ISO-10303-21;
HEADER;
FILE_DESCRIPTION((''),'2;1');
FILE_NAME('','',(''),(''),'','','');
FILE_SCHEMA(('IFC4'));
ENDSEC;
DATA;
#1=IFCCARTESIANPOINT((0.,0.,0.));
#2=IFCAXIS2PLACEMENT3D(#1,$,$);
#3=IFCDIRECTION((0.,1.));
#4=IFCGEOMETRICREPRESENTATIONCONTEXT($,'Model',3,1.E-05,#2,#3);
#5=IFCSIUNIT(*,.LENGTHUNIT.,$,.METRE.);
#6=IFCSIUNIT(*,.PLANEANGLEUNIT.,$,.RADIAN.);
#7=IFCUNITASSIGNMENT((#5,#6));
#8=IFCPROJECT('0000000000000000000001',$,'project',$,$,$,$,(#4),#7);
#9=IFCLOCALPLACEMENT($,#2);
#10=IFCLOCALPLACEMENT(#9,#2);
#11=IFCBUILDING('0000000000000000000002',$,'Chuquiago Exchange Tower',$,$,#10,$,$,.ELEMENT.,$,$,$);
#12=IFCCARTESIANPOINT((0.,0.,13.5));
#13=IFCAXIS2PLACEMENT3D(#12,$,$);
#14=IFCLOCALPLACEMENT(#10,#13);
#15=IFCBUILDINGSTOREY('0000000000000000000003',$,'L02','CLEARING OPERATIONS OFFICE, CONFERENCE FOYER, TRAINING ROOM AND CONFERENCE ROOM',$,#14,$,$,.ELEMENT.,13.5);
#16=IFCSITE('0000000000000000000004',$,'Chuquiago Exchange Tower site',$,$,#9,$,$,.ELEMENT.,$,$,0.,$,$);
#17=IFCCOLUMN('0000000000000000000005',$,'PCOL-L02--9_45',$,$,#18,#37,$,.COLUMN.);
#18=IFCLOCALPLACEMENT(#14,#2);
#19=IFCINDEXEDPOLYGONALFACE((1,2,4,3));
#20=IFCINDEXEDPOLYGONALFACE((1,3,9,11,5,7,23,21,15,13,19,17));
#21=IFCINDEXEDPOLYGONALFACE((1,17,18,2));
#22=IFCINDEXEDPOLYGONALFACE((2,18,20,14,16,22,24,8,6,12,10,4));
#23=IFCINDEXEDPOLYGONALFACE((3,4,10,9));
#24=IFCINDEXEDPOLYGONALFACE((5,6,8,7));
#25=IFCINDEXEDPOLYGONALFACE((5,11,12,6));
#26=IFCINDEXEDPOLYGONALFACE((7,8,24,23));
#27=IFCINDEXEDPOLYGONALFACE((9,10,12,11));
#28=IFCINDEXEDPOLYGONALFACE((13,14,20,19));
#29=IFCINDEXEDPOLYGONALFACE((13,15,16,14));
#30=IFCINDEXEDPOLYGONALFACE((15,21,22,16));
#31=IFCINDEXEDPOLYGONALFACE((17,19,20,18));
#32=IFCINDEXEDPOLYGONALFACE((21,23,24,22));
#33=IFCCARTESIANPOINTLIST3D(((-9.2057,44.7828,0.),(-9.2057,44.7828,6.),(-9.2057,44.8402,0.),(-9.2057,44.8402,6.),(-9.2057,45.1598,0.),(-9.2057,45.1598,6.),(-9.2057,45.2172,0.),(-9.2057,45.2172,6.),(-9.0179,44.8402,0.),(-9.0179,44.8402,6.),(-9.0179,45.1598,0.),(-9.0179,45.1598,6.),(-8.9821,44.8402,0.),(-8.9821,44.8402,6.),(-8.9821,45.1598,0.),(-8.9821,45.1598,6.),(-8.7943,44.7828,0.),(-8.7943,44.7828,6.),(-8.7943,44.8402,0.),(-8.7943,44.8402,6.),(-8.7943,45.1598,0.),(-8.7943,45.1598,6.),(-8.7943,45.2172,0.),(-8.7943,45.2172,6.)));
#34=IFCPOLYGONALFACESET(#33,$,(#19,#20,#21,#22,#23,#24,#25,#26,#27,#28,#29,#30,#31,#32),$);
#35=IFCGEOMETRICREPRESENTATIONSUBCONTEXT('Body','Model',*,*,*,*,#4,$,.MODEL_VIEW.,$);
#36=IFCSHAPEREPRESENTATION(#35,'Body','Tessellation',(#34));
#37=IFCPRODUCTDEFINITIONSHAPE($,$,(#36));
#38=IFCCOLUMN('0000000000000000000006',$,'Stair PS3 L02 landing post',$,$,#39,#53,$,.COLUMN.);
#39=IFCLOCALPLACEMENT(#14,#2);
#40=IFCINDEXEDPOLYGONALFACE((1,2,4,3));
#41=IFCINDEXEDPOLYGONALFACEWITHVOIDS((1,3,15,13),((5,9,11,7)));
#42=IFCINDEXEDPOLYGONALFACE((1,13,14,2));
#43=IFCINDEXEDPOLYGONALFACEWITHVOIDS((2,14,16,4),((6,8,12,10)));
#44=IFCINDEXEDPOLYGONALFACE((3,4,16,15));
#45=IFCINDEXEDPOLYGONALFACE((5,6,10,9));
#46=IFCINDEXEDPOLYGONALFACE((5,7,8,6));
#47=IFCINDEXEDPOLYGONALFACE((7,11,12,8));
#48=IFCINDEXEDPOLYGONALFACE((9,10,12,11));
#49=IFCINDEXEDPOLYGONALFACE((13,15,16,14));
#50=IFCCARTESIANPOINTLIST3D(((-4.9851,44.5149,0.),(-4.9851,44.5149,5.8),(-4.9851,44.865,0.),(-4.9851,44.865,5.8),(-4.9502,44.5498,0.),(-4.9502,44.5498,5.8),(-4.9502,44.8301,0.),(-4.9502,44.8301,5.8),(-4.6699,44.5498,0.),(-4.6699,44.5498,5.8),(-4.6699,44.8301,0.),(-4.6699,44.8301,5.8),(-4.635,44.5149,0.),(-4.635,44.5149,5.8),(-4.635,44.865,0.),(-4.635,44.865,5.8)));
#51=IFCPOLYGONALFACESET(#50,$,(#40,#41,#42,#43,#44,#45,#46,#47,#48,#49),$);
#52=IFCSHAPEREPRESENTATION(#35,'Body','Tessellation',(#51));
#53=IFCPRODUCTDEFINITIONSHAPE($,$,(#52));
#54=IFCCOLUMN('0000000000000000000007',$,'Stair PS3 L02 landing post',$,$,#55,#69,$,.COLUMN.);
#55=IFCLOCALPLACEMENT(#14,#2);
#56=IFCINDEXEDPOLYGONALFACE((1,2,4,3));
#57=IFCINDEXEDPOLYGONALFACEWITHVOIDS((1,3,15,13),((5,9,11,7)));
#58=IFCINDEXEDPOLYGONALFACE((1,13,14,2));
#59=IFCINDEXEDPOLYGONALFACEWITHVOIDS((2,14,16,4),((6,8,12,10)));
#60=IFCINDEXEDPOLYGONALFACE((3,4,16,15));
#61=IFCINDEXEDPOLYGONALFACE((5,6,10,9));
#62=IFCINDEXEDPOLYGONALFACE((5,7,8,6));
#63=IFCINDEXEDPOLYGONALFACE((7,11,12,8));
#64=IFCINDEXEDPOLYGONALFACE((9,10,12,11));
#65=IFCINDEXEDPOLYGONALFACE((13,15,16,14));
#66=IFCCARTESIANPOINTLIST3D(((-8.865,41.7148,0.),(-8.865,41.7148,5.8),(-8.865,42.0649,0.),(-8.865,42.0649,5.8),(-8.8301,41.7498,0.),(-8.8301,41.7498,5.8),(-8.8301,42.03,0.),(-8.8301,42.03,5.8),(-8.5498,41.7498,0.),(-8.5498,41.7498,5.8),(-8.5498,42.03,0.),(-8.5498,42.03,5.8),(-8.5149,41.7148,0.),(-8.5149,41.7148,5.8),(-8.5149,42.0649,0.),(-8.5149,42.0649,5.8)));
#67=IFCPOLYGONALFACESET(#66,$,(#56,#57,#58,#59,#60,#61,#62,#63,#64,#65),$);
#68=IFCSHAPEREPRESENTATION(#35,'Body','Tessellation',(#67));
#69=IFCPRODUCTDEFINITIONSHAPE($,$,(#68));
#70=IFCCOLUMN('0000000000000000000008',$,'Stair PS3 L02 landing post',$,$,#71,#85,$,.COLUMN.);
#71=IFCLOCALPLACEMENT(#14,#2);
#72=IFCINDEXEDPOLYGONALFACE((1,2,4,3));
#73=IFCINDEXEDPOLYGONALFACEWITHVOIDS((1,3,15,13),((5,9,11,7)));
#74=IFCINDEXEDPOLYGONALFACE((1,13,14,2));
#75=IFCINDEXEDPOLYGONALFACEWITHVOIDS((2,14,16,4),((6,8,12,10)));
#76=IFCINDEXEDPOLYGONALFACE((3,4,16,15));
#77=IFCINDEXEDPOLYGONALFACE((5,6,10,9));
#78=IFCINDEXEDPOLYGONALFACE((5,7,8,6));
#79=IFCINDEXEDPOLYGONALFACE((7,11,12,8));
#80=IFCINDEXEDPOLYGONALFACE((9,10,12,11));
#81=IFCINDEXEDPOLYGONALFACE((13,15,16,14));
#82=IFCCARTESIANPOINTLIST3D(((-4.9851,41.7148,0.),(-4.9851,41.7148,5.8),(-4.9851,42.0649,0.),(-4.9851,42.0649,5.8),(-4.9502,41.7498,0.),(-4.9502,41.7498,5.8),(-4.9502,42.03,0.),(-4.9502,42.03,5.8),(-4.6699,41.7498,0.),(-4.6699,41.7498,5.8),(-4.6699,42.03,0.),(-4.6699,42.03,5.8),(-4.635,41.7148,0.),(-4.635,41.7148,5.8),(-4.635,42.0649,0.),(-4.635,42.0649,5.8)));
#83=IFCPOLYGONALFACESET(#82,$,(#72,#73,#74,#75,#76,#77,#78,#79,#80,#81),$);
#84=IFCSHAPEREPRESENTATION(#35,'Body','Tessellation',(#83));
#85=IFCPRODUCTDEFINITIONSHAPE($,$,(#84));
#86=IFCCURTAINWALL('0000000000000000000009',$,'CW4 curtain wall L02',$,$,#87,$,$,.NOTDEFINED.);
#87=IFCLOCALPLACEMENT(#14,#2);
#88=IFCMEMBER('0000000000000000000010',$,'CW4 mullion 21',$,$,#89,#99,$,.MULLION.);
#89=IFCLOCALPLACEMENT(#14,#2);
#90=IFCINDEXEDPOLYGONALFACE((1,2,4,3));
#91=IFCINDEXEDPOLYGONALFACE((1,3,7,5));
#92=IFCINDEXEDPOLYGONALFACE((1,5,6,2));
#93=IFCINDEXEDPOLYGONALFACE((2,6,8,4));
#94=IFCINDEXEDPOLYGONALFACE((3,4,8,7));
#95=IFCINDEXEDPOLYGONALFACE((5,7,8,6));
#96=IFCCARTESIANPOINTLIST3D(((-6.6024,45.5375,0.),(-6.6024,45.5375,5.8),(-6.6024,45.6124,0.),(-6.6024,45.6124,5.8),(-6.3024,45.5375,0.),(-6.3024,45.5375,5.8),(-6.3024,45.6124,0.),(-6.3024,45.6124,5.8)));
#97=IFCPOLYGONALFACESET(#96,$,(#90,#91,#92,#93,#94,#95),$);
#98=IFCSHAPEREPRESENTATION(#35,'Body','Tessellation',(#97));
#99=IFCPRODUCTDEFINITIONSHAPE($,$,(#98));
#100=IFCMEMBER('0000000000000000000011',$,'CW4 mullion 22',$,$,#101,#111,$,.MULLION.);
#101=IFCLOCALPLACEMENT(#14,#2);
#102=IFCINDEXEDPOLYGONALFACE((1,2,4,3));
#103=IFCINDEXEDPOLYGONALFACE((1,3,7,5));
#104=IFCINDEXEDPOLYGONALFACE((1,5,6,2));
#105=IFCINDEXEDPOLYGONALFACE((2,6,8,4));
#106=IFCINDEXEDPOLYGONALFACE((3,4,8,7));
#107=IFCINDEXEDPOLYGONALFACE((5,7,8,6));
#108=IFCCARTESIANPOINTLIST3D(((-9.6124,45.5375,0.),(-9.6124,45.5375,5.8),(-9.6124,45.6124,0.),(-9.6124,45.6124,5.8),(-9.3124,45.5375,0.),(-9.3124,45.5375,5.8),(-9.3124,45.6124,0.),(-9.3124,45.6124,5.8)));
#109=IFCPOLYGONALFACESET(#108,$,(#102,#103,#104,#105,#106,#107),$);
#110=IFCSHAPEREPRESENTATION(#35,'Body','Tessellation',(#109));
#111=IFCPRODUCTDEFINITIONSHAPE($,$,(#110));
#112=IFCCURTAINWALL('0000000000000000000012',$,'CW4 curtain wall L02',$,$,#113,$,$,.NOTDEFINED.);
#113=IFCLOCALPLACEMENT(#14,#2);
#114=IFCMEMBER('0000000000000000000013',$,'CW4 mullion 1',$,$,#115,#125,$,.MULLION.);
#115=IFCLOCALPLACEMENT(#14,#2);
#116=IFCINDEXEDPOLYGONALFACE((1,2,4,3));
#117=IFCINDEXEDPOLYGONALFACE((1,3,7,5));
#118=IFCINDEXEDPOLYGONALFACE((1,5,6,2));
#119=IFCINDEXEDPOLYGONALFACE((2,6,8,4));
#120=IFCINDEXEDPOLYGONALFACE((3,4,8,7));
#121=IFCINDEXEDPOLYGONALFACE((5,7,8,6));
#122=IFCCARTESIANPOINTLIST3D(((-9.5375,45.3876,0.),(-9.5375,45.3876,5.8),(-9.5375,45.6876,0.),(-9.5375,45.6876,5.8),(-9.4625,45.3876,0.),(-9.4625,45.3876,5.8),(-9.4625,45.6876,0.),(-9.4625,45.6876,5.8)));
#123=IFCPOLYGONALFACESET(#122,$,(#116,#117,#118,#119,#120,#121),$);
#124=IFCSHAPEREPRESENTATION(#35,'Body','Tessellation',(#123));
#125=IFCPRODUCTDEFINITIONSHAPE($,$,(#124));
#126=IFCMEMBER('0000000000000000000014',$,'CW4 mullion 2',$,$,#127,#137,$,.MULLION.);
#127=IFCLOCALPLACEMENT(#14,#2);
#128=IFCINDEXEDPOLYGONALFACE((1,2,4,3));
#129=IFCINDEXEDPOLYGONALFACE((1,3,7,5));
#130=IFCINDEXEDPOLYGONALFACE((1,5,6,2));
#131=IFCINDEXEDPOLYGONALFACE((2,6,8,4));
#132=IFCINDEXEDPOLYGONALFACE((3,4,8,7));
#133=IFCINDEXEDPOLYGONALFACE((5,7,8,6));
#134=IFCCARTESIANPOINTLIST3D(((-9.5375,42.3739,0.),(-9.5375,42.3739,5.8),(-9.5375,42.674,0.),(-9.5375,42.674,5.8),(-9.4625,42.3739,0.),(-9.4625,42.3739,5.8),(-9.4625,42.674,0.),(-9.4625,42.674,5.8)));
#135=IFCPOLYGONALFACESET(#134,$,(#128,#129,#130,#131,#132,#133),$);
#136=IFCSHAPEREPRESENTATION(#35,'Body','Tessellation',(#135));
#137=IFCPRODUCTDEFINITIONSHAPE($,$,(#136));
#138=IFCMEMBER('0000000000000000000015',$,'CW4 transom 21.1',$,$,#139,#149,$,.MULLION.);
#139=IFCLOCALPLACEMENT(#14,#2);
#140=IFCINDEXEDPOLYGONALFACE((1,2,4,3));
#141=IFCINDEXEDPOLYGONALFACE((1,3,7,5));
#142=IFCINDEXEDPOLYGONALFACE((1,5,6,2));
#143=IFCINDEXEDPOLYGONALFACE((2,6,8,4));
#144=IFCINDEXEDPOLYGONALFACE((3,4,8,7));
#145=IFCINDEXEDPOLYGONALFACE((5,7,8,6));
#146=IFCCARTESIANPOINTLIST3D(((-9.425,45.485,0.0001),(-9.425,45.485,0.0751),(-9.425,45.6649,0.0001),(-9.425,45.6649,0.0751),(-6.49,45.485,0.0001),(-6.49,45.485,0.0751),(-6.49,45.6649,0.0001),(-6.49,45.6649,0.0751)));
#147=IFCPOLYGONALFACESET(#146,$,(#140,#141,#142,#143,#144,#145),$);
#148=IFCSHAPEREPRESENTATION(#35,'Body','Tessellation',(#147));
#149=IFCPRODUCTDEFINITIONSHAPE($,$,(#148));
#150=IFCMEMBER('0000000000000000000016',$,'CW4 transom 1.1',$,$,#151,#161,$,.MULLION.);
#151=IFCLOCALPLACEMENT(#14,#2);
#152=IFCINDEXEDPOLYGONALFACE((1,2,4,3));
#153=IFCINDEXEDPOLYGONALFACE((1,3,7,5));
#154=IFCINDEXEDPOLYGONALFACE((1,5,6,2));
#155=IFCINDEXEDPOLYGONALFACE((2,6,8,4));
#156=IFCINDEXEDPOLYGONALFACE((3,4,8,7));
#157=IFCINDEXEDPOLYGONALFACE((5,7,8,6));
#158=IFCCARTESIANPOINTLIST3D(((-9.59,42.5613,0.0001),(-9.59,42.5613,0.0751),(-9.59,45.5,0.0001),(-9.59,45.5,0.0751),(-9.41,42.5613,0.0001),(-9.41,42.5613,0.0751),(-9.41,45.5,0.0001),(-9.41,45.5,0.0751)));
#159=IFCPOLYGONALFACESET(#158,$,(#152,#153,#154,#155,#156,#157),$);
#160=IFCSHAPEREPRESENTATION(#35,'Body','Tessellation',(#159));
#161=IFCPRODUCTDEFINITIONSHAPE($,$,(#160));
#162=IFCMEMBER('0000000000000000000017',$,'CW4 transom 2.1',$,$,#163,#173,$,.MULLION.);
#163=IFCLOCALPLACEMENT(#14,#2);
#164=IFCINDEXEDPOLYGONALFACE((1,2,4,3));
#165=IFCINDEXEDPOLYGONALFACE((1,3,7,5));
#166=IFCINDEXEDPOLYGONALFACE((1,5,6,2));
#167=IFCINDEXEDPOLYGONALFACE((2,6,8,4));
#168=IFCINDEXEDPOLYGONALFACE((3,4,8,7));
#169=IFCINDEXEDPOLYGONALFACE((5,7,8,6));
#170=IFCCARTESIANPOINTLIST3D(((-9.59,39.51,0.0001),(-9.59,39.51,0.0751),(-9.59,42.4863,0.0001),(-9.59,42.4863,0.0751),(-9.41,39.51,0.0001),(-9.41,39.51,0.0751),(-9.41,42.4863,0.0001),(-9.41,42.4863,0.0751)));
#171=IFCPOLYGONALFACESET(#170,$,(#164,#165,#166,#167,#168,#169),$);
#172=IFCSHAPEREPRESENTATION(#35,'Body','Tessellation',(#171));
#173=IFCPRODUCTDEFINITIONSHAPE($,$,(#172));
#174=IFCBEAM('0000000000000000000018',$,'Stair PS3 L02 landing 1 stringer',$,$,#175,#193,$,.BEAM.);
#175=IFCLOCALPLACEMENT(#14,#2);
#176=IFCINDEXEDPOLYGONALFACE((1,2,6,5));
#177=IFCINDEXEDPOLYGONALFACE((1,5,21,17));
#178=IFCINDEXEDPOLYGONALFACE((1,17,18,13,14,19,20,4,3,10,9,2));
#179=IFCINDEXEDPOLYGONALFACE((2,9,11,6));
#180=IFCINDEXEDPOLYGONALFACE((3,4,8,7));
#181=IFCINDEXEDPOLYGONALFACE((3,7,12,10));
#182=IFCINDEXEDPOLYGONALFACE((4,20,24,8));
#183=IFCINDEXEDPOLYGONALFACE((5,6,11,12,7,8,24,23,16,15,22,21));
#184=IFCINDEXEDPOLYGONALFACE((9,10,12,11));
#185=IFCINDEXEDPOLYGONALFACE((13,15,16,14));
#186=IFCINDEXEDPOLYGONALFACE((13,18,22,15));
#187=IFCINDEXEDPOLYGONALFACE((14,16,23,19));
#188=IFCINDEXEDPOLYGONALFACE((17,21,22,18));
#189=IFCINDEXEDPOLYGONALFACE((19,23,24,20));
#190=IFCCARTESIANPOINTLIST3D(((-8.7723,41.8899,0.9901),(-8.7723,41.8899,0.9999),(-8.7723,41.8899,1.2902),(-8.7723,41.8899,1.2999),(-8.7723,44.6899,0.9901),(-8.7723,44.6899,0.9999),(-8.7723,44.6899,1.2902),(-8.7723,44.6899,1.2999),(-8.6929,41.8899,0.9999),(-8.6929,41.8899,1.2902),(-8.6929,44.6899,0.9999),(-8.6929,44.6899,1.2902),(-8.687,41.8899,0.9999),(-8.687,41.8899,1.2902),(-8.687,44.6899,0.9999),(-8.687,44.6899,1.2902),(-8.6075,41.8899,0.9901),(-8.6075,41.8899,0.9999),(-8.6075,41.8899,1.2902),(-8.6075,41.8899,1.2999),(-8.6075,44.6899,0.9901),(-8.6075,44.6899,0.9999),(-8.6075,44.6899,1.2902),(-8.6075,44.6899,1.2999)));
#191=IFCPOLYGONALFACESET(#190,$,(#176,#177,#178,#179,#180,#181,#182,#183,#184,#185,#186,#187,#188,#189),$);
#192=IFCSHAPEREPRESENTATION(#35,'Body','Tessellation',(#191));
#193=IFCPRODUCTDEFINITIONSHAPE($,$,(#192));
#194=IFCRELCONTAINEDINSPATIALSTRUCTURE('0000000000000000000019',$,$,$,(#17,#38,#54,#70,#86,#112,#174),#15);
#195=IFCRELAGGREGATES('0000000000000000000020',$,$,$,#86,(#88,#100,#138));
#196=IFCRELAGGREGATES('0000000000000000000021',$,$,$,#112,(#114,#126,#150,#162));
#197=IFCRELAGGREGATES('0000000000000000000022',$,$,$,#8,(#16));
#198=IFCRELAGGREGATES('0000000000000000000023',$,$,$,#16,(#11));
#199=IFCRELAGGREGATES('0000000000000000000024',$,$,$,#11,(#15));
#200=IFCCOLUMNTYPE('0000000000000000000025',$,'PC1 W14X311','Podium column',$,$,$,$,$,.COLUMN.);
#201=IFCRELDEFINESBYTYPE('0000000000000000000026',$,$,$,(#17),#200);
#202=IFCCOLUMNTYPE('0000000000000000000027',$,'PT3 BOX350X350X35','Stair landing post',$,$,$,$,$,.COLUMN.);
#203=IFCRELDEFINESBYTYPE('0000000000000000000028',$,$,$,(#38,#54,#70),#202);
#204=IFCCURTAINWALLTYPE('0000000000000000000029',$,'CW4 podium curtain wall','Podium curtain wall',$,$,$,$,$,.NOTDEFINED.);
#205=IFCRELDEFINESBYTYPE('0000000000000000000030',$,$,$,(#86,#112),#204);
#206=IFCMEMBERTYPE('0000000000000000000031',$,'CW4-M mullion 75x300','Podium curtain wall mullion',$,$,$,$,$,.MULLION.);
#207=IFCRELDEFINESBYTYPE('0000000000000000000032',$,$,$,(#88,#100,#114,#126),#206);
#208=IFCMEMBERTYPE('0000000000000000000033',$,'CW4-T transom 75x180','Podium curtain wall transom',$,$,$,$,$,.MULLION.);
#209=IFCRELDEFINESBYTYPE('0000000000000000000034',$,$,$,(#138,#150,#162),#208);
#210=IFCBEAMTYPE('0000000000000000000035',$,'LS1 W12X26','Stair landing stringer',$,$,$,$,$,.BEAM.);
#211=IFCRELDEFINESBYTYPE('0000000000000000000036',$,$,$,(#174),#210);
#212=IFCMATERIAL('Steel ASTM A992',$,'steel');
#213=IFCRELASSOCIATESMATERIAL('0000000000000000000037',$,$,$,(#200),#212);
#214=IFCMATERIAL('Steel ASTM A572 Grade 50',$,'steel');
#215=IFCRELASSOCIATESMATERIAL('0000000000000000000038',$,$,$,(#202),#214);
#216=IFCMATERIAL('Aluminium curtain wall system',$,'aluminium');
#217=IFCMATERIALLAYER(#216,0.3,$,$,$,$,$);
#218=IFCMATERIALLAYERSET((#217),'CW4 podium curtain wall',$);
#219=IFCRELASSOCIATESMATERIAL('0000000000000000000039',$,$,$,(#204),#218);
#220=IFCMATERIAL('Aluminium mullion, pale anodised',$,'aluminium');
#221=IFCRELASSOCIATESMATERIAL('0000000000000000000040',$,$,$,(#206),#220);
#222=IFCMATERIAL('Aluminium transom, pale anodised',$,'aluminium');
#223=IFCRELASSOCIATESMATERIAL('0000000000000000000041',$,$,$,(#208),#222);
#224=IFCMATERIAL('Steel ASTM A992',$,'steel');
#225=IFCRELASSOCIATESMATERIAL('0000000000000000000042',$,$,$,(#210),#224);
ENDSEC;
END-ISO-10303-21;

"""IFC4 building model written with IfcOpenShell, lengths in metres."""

from ifc_helpers import new_model, si_unit, direction, frame, origin, origin_2d, place, context, subcontext, project, spatial, rectangle, hollow_rectangle, i_section, extrude, material, layer, layer_set, material_profile, profile_set, type_object, element, aggregate, save


model = new_model("IFC4")

# Units and contexts
model_context = context("Model", 3, precision=1e-05, world=origin(), true_north=direction((0.0, 1.0)))
body_context = subcontext(model_context, "Body", "Model", "MODEL_VIEW")
ifc_project = project(units=[si_unit("LENGTHUNIT", "METRE"), si_unit("PLANEANGLEUNIT", "RADIAN")], contexts=[model_context])

# Site, building, storey
site_placement = place(None, origin())
site = spatial("IfcSite", under=ifc_project, at=site_placement, Name="Chuquiago Exchange Tower site", CompositionType="ELEMENT", RefElevation=0.0)
building_placement = place(site_placement, origin())
building = spatial("IfcBuilding", under=site, at=building_placement, Name="Chuquiago Exchange Tower", CompositionType="ELEMENT")
storey_placement = place(building_placement, frame((0.0, 0.0, 13.5)))
storey = spatial("IfcBuildingStorey", under=building, at=storey_placement, Name="L02", Description="CLEARING OPERATIONS OFFICE, CONFERENCE FOYER, TRAINING ROOM AND CONFERENCE ROOM", CompositionType="ELEMENT", Elevation=13.5)

# Columns
ifc_material_1 = material(Name="Steel ASTM A992", Category="steel")
ifc_material_profile_1 = material_profile(ifc_material_1, i_section(OverallWidth=0.4114, OverallDepth=0.4343, WebThickness=0.0359, FlangeThickness=0.0574, at=origin_2d()), Name="W14X311")
ifc_profile_set_1 = profile_set([ifc_material_profile_1], Name="Steel ASTM A992")
column_type_1 = type_object("IfcColumnType", Name="PC1 W14X311", Description="Podium column", PredefinedType="COLUMN", material=ifc_profile_set_1)
column_placement = place(storey_placement, frame((-9.0, 45.0, 0.0), z_axis=(0.0, 0.0, 1.0), x_axis=(1.0, 0.0, 0.0)))
element("IfcColumn", 1, at=column_placement, inside=storey, type_object=column_type_1, Name="PCOL-L02--9_45", PredefinedType="COLUMN", context=body_context, shape_type="SweptSolid", body=[
    extrude(i_section(OverallWidth=0.4114, OverallDepth=0.4343, WebThickness=0.0359, FlangeThickness=0.0574, at=origin_2d()), origin(), (0.0, 0.0, 1.0), 6.0),
])
ifc_material_2 = material(Name="Steel ASTM A572 Grade 50", Category="steel")
ifc_material_profile_2 = material_profile(ifc_material_2, hollow_rectangle(XDim=0.3501, YDim=0.3501, WallThickness=0.0349, at=origin_2d()), Name="BOX350X350X35")
ifc_profile_set_2 = profile_set([ifc_material_profile_2], Name="Steel ASTM A572 Grade 50")
column_type_2 = type_object("IfcColumnType", Name="PT3 BOX350X350X35", Description="Stair landing post", PredefinedType="COLUMN", material=ifc_profile_set_2)
for number, where, z_axis, x_axis, name in (
    (2, (-4.8101, 44.6899, 0.0), (0.0, 0.0, 1.0), (1.0, 0.0, 0.0), "Stair PS3 L02 landing post"),
    (3, (-8.6899, 41.8899, 0.0), (0.0, 0.0, 1.0), (1.0, 0.0, 0.0), "Stair PS3 L02 landing post"),
    (4, (-4.8101, 41.8899, 0.0), (0.0, 0.0, 1.0), (1.0, 0.0, 0.0), "Stair PS3 L02 landing post"),
):
    element("IfcColumn", number, at=place(storey_placement, frame(where, z_axis=z_axis, x_axis=x_axis)), inside=storey, type_object=column_type_2, Name=name, PredefinedType="COLUMN", context=body_context, shape_type="SweptSolid", body=[
        extrude(hollow_rectangle(XDim=0.3501, YDim=0.3501, WallThickness=0.0349, at=origin_2d()), origin(), (0.0, 0.0, 1.0), 5.8),
    ])

# Curtain walls, members
ifc_material_3 = material(Name="Aluminium curtain wall system", Category="aluminium")
ifc_layer_1 = layer(ifc_material_3, 0.3)
ifc_layer_set_1 = layer_set([ifc_layer_1], Name="CW4 podium curtain wall")
curtain_wall_type = type_object("IfcCurtainWallType", Name="CW4 podium curtain wall", Description="Podium curtain wall", PredefinedType="NOTDEFINED", material=ifc_layer_set_1)
curtain_wall_1_placement = place(storey_placement, origin())
curtain_wall_1 = element("IfcCurtainWall", 5, at=curtain_wall_1_placement, inside=storey, type_object=curtain_wall_type, Name="CW4 curtain wall L02", PredefinedType="NOTDEFINED")
ifc_material_4 = material(Name="Aluminium mullion, pale anodised", Category="aluminium")
ifc_material_profile_3 = material_profile(ifc_material_4, rectangle(XDim=0.075, YDim=0.3, at=origin_2d()), Name="AL 75x300")
ifc_profile_set_3 = profile_set([ifc_material_profile_3], Name="Aluminium mullion, pale anodised")
member_type_1 = type_object("IfcMemberType", Name="CW4-M mullion 75x300", Description="Podium curtain wall mullion", PredefinedType="MULLION", material=ifc_profile_set_3)
member_1_placement = place(storey_placement, frame((-6.4524, 45.575, 0.0), z_axis=(0.0, 0.0, 1.0), x_axis=(0.0, -1.0, 0.0)))
member_1 = element("IfcMember", 6, at=member_1_placement, type_object=member_type_1, Name="CW4 mullion 21", PredefinedType="MULLION", context=body_context, shape_type="SweptSolid", body=[
    extrude(rectangle(XDim=0.075, YDim=0.3, at=origin_2d()), origin(), (0.0, 0.0, 1.0), 5.8),
])
member_2_placement = place(storey_placement, frame((-9.4624, 45.575, 0.0), z_axis=(0.0, 0.0, 1.0), x_axis=(0.0, -1.0, 0.0)))
member_2 = element("IfcMember", 7, at=member_2_placement, type_object=member_type_1, Name="CW4 mullion 22", PredefinedType="MULLION", context=body_context, shape_type="SweptSolid", body=[
    extrude(rectangle(XDim=0.075, YDim=0.3, at=origin_2d()), origin(), (0.0, 0.0, 1.0), 5.8),
])
curtain_wall_2_placement = place(storey_placement, origin())
curtain_wall_2 = element("IfcCurtainWall", 8, at=curtain_wall_2_placement, inside=storey, type_object=curtain_wall_type, Name="CW4 curtain wall L02", PredefinedType="NOTDEFINED")
member_3_placement = place(storey_placement, frame((-9.5, 45.5376, 0.0), z_axis=(0.0, 0.0, 1.0), x_axis=(1.0, 0.0, 0.0)))
member_3 = element("IfcMember", 9, at=member_3_placement, type_object=member_type_1, Name="CW4 mullion 1", PredefinedType="MULLION", context=body_context, shape_type="SweptSolid", body=[
    extrude(rectangle(XDim=0.075, YDim=0.3, at=origin_2d()), origin(), (0.0, 0.0, 1.0), 5.8),
])
member_4_placement = place(storey_placement, frame((-9.5, 42.5239, 0.0), z_axis=(0.0, 0.0, 1.0), x_axis=(1.0, 0.0, 0.0)))
member_4 = element("IfcMember", 10, at=member_4_placement, type_object=member_type_1, Name="CW4 mullion 2", PredefinedType="MULLION", context=body_context, shape_type="SweptSolid", body=[
    extrude(rectangle(XDim=0.075, YDim=0.3, at=origin_2d()), origin(), (0.0, 0.0, 1.0), 5.8),
])

# Members
ifc_material_5 = material(Name="Aluminium transom, pale anodised", Category="aluminium")
ifc_material_profile_4 = material_profile(ifc_material_5, rectangle(XDim=0.1799, YDim=0.075, at=origin_2d()), Name="AL 180x75")
ifc_profile_set_4 = profile_set([ifc_material_profile_4], Name="Aluminium transom, pale anodised")
member_type_2 = type_object("IfcMemberType", Name="CW4-T transom 75x180", Description="Podium curtain wall transom", PredefinedType="MULLION", material=ifc_profile_set_4)
member_5_placement = place(storey_placement, frame((-6.49, 45.575, 0.0376), z_axis=(-1.0, 0.0, 0.0), x_axis=(0.0, -1.0, 0.0)))
member_5 = element("IfcMember", 11, at=member_5_placement, type_object=member_type_2, Name="CW4 transom 21.1", PredefinedType="MULLION", context=body_context, shape_type="SweptSolid", body=[
    extrude(rectangle(XDim=0.1799, YDim=0.075, at=origin_2d()), origin(), (0.0, 0.0, 1.0), 2.9351),
])
member_6_placement = place(storey_placement, frame((-9.5, 45.5, 0.0376), z_axis=(0.0, -1.0, 0.0), x_axis=(1.0, 0.0, 0.0)))
member_6 = element("IfcMember", 12, at=member_6_placement, type_object=member_type_2, Name="CW4 transom 1.1", PredefinedType="MULLION", context=body_context, shape_type="SweptSolid", body=[
    extrude(rectangle(XDim=0.1799, YDim=0.075, at=origin_2d()), origin(), (0.0, 0.0, 1.0), 2.9387),
])
member_7_placement = place(storey_placement, frame((-9.5, 42.4863, 0.0376), z_axis=(0.0, -1.0, 0.0), x_axis=(1.0, 0.0, 0.0)))
member_7 = element("IfcMember", 13, at=member_7_placement, type_object=member_type_2, Name="CW4 transom 2.1", PredefinedType="MULLION", context=body_context, shape_type="SweptSolid", body=[
    extrude(rectangle(XDim=0.1799, YDim=0.075, at=origin_2d()), origin(), (0.0, 0.0, 1.0), 2.9763),
])

# Beam
ifc_material_6 = material(Name="Steel ASTM A992", Category="steel")
ifc_material_profile_5 = material_profile(ifc_material_6, i_section(OverallWidth=0.1648, OverallDepth=0.3098, WebThickness=0.0059, FlangeThickness=0.0098, at=origin_2d()), Name="W12X26")
ifc_profile_set_5 = profile_set([ifc_material_profile_5], Name="Steel ASTM A992")
beam_type_1 = type_object("IfcBeamType", Name="LS1 W12X26", Description="Stair landing stringer", PredefinedType="BEAM", material=ifc_profile_set_5)
for number, where, z_axis, x_axis, name in (
    (14, (-8.6899, 41.8899, 1.145), (0.0, 1.0, 0.0), (-1.0, 0.0, 0.0), "Stair PS3 L02 landing 1 stringer"),
):
    element("IfcBeam", number, at=place(storey_placement, frame(where, z_axis=z_axis, x_axis=x_axis)), inside=storey, type_object=beam_type_1, Name=name, PredefinedType="BEAM", context=body_context, shape_type="SweptSolid", body=[
        extrude(i_section(OverallWidth=0.1648, OverallDepth=0.3098, WebThickness=0.0059, FlangeThickness=0.0098, at=origin_2d()), origin(), (0.0, 0.0, 1.0), 2.8),
    ])

aggregate(curtain_wall_1, [member_1, member_2, member_5])
aggregate(curtain_wall_2, [member_3, member_4, member_6, member_7])

save(model, "model.ifc")
